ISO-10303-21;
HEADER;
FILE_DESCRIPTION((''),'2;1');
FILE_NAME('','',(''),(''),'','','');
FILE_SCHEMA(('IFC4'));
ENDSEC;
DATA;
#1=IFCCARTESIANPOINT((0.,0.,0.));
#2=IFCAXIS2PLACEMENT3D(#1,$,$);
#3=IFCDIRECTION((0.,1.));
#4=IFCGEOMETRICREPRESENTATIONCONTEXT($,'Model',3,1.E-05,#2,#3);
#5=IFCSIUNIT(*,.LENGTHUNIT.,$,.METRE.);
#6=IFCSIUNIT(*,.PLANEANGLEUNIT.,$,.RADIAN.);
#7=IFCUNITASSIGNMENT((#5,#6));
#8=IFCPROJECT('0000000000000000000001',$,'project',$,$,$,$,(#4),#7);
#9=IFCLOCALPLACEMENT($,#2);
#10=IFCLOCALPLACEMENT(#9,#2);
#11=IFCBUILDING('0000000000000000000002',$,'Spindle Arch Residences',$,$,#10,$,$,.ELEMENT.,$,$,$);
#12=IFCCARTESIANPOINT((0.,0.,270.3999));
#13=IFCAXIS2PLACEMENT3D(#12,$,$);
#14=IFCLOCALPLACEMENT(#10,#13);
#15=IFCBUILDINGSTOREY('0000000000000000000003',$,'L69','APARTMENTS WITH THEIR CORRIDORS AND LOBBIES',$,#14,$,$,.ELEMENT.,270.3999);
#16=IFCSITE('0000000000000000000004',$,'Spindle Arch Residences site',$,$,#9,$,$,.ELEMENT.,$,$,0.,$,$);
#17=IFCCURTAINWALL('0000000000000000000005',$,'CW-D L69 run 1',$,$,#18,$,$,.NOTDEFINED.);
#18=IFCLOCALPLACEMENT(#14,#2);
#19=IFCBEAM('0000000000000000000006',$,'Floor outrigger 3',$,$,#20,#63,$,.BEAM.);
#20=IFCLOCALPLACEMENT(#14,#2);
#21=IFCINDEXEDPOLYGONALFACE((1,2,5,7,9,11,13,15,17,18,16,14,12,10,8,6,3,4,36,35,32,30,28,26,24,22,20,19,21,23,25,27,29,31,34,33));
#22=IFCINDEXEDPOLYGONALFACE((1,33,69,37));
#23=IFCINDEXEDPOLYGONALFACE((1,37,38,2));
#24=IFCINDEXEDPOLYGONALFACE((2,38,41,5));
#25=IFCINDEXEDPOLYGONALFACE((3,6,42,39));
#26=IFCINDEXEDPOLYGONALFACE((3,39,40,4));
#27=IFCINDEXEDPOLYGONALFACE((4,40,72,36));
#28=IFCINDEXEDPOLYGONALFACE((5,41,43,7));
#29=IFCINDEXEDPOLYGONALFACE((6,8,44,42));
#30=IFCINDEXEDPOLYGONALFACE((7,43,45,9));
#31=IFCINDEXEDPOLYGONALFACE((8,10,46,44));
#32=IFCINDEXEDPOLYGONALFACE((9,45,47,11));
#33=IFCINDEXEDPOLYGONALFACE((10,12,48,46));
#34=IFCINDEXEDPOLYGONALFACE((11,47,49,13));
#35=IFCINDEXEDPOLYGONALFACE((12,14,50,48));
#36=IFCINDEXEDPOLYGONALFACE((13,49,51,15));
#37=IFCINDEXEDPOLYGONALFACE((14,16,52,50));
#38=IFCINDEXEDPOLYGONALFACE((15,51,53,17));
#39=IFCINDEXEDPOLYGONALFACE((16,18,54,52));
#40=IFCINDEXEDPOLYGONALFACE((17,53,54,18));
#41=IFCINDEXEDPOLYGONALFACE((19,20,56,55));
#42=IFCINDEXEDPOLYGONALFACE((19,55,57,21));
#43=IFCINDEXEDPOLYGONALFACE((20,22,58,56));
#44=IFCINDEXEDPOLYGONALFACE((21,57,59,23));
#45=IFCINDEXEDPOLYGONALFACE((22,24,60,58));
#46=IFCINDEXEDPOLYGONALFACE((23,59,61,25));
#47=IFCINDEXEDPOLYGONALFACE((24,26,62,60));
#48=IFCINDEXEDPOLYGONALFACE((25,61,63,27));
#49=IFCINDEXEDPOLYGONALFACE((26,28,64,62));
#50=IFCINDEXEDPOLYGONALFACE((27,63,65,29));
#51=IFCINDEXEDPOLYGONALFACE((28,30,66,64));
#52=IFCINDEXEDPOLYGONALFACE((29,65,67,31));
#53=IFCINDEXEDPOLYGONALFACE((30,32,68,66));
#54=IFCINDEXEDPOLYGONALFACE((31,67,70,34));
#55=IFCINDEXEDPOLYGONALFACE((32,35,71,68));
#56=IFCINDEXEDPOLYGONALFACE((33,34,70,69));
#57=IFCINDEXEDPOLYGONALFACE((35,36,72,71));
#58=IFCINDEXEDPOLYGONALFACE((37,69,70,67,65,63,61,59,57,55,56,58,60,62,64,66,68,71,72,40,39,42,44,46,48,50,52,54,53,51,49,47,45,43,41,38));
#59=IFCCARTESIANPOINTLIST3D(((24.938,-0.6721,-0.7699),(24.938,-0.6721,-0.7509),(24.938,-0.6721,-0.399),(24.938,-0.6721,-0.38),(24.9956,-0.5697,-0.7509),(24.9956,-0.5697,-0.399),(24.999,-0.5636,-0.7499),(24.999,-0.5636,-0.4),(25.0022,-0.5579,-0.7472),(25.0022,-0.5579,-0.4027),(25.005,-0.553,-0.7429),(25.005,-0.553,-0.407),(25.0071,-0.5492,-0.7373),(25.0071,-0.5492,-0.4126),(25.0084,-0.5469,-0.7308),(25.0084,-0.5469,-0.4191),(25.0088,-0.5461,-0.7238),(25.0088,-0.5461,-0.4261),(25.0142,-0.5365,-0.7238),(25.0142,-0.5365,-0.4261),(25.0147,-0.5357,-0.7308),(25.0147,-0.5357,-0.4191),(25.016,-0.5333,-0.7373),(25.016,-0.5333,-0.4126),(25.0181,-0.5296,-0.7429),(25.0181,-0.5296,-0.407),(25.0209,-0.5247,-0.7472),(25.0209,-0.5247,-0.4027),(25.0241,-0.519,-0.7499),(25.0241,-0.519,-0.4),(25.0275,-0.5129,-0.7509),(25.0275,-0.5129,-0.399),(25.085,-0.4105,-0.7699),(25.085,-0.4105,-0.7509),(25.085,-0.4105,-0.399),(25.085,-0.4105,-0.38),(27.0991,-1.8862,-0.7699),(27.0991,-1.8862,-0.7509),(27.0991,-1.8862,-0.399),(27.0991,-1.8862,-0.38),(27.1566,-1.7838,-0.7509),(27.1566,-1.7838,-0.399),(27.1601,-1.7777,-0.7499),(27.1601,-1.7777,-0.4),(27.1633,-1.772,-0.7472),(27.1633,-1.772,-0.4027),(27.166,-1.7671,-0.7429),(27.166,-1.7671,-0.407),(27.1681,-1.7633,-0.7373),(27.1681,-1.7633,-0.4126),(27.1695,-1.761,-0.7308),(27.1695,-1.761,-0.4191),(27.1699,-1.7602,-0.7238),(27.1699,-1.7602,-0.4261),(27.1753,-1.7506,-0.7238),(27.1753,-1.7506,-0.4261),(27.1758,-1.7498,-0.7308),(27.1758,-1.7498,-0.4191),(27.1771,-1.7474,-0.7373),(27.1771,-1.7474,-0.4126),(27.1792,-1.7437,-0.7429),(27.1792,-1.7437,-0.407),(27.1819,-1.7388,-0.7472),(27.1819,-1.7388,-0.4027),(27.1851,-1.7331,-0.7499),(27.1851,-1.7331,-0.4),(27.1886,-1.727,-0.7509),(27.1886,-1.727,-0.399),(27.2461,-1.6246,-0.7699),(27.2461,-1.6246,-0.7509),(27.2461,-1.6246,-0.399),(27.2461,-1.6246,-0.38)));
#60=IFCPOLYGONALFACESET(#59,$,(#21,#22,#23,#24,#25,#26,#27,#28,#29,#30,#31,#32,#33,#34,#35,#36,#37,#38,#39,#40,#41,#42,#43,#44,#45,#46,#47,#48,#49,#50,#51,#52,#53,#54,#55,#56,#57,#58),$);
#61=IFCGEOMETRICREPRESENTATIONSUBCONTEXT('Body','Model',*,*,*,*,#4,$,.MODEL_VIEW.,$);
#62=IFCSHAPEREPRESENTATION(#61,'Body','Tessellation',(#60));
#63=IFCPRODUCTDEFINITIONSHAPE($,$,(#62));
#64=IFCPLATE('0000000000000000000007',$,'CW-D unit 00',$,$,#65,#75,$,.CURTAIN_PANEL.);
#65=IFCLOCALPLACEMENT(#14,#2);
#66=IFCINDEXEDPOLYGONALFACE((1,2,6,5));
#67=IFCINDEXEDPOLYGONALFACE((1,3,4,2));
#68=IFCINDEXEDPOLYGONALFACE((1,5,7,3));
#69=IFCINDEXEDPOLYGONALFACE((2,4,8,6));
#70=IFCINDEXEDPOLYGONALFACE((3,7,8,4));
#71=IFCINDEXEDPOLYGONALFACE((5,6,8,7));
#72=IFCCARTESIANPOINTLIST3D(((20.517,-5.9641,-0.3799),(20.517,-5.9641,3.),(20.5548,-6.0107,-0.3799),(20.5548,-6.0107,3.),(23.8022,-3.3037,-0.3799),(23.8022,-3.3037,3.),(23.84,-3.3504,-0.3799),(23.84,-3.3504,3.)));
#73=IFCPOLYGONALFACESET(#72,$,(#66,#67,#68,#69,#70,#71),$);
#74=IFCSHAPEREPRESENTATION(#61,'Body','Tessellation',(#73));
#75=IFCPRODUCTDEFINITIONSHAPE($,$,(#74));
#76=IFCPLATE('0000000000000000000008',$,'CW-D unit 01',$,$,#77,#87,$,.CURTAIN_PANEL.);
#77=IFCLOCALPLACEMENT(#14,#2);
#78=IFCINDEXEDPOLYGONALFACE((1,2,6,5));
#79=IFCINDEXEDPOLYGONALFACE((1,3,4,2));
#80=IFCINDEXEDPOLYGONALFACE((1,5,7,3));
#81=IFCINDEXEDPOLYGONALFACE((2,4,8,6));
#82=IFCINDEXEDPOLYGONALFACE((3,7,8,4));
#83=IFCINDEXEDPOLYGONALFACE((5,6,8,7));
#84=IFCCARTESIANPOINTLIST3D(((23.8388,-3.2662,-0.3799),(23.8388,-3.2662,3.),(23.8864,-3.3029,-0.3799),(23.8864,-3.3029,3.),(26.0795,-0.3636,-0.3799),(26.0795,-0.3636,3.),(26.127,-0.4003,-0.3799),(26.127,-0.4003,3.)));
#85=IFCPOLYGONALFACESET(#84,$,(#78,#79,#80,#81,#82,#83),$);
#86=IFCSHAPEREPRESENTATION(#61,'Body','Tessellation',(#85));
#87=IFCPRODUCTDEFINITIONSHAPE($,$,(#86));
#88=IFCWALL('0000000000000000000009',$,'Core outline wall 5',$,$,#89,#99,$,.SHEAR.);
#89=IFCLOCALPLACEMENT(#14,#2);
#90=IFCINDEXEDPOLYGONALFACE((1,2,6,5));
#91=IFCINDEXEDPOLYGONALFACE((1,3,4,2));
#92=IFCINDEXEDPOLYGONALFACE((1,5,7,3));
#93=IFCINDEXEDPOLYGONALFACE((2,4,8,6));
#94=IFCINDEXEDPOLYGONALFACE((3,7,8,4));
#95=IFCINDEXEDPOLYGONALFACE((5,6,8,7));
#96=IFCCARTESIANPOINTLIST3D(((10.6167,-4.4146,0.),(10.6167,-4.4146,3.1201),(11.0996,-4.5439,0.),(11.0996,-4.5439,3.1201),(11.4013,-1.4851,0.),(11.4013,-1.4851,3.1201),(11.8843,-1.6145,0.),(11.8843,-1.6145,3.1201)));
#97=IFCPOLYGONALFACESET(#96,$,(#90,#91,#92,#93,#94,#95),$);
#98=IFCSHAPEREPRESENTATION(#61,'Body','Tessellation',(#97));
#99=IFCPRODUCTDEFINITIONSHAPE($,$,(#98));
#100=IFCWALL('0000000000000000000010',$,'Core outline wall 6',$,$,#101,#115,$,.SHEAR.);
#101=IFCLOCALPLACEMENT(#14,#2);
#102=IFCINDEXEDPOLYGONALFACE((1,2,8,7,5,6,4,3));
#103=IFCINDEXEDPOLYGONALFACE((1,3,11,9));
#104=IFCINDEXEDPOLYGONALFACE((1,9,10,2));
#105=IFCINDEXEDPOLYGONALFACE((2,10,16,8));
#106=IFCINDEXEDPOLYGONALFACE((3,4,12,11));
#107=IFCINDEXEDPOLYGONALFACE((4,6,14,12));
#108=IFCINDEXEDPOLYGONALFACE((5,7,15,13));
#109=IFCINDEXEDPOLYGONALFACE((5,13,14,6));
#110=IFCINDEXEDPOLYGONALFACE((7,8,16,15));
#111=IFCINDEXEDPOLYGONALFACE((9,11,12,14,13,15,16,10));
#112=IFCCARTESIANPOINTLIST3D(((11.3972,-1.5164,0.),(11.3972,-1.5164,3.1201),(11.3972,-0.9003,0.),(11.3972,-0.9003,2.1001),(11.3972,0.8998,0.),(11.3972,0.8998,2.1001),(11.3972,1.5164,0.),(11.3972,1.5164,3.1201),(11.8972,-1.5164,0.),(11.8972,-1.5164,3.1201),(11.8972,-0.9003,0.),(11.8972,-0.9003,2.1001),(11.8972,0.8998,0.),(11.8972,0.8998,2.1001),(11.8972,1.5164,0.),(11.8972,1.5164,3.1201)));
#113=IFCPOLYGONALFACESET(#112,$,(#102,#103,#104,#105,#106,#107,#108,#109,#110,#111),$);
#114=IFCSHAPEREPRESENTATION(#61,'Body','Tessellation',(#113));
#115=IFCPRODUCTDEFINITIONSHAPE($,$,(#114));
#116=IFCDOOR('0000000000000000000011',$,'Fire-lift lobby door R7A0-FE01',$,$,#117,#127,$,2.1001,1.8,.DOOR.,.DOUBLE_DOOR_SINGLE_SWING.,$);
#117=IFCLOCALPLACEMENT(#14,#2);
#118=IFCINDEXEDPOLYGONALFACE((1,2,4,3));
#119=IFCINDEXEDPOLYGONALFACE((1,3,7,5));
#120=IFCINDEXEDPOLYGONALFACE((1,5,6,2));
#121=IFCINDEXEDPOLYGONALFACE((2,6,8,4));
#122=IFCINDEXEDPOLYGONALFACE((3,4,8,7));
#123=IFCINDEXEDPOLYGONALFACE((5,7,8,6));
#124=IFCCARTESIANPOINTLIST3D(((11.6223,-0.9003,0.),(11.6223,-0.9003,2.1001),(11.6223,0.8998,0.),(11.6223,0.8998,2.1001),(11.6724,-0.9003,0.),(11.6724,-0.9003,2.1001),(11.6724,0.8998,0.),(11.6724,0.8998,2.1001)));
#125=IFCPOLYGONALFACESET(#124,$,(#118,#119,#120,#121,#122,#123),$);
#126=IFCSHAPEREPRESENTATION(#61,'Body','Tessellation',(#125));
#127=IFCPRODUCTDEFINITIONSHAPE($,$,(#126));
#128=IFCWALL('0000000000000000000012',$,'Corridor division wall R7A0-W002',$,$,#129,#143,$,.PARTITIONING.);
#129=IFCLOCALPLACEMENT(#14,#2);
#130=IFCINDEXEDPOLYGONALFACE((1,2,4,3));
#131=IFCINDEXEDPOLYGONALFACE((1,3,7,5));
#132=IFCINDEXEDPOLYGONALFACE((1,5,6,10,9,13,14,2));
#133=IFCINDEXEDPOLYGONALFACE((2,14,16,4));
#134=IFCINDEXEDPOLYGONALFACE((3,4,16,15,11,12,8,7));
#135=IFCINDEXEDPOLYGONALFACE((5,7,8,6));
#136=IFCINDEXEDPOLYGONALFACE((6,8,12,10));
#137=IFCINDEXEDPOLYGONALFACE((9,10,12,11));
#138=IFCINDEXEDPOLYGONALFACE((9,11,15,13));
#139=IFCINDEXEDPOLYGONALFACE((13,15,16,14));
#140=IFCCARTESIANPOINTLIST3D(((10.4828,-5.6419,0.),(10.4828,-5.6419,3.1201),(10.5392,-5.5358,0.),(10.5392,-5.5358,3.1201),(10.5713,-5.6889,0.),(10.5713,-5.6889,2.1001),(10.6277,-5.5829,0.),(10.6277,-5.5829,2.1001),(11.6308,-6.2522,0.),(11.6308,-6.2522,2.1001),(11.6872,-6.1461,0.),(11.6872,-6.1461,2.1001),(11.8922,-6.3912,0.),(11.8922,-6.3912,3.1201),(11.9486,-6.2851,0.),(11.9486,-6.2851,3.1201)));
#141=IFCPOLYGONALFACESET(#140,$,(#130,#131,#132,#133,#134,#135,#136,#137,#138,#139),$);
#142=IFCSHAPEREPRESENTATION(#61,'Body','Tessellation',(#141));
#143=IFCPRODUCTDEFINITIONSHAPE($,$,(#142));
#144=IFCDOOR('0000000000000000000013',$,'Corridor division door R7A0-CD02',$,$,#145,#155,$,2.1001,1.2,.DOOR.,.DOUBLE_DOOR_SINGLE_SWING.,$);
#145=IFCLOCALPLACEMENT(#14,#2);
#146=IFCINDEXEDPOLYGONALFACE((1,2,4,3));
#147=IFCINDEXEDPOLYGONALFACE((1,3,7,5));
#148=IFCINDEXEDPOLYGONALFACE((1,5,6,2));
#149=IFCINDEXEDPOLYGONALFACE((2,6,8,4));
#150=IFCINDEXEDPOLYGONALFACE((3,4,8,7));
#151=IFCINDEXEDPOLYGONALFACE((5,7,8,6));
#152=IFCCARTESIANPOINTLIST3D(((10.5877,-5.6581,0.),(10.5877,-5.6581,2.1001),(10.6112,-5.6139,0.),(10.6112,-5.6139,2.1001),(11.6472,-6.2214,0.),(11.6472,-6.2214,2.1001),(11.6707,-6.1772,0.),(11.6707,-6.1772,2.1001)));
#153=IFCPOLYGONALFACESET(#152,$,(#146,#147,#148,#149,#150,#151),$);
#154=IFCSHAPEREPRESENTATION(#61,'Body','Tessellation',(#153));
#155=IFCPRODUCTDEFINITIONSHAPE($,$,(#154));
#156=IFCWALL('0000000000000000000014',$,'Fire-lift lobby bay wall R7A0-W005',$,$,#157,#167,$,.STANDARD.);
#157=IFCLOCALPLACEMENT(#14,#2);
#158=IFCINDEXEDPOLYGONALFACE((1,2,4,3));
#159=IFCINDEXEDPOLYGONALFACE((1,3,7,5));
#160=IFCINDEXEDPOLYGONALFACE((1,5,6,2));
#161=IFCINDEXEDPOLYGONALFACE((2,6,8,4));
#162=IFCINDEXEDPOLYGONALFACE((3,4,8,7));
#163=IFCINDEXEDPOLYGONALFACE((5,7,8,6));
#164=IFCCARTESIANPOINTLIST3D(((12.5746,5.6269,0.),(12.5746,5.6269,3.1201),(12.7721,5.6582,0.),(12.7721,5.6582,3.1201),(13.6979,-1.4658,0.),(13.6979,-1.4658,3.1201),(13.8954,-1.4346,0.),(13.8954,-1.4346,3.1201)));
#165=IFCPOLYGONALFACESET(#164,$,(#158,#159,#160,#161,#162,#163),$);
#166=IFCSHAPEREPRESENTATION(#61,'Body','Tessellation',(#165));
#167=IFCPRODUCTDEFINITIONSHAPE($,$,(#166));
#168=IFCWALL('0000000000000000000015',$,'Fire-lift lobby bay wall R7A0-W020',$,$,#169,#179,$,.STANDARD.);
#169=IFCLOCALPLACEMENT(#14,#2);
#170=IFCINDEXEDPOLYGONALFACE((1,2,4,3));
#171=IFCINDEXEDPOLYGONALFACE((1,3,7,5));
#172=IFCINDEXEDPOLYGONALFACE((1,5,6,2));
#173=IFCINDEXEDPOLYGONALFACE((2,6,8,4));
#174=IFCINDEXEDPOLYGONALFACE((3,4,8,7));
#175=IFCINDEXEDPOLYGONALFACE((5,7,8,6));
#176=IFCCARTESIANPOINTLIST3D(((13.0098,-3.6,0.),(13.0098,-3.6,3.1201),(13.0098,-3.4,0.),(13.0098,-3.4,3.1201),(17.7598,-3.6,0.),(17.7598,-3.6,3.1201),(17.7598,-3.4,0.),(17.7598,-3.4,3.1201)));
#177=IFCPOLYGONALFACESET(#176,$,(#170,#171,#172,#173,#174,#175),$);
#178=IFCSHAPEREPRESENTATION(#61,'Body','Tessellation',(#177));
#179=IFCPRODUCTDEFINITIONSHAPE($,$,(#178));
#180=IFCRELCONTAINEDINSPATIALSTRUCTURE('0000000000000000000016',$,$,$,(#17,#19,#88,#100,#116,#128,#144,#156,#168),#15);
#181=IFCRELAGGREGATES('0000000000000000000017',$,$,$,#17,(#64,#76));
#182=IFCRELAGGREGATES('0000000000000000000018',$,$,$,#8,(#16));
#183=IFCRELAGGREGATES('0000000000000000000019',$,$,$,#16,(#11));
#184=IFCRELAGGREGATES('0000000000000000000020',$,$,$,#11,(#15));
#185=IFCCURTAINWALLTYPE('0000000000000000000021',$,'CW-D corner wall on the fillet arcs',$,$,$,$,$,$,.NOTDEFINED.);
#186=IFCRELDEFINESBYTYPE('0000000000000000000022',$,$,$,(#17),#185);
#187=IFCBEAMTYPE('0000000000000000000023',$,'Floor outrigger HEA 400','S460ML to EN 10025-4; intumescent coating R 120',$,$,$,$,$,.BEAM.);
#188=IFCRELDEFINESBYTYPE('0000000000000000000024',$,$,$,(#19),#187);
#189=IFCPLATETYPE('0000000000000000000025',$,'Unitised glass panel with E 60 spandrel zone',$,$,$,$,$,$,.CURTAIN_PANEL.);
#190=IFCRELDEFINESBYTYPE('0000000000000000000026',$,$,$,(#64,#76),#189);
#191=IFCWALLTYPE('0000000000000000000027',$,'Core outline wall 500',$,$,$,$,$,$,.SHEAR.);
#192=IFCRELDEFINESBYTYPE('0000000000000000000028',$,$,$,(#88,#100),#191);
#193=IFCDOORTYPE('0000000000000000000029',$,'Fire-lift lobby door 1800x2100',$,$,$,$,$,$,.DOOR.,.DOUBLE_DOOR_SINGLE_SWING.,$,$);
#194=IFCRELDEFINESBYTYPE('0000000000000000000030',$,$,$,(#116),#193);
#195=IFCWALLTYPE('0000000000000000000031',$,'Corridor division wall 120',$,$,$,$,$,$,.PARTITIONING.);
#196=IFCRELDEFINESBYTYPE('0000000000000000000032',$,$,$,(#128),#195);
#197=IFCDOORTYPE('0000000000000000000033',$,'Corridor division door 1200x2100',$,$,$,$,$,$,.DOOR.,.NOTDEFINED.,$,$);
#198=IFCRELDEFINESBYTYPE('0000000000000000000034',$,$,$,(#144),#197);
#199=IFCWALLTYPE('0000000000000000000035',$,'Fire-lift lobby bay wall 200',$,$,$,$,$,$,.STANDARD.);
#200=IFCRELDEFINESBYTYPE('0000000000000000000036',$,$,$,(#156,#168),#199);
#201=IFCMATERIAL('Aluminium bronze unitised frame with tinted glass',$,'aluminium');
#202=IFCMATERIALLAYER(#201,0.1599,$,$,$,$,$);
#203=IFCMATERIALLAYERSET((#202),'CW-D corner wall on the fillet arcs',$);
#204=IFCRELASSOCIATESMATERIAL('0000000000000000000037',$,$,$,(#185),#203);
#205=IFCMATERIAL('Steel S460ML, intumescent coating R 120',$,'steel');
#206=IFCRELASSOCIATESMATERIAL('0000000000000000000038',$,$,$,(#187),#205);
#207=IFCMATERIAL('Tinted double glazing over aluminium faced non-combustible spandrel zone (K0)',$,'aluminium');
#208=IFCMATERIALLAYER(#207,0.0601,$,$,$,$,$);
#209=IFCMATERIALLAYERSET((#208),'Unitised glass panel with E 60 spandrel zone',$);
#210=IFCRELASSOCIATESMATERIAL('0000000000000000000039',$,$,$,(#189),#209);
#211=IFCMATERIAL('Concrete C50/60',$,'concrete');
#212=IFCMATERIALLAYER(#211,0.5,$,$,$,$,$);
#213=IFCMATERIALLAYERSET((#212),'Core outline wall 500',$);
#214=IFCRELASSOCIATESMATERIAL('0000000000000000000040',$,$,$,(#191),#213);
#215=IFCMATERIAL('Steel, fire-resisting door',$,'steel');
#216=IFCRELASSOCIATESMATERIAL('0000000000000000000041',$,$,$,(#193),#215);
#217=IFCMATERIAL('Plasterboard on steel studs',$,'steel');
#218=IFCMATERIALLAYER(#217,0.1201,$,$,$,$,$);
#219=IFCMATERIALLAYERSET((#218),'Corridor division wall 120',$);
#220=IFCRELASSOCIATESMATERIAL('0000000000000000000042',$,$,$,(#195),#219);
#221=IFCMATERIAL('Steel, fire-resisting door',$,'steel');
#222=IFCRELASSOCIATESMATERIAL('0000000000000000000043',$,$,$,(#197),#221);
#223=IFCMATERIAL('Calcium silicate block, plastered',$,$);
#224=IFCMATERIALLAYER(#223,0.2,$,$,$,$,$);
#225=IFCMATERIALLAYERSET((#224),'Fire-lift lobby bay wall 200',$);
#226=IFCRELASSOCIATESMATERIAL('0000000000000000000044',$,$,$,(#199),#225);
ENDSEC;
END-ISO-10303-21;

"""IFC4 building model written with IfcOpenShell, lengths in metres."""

from ifc_helpers import new_model, si_unit, direction, frame, frame_2d, origin, origin_2d, place, context, subcontext, project, spatial, rectangle, i_section, extrude, material, layer, layer_set, material_profile, profile_set, type_object, element, fill, aggregate, save


model = new_model("IFC4")

# Units and contexts
model_context = context("Model", 3, precision=1e-05, world=origin(), true_north=direction((0.0, 1.0)))
body_context = subcontext(model_context, "Body", "Model", "MODEL_VIEW")
ifc_project = project(units=[si_unit("LENGTHUNIT", "METRE"), si_unit("PLANEANGLEUNIT", "RADIAN")], contexts=[model_context])

# Site, building, storey
site_placement = place(None, origin())
site = spatial("IfcSite", under=ifc_project, at=site_placement, Name="Spindle Arch Residences site", CompositionType="ELEMENT", RefElevation=0.0)
building_placement = place(site_placement, origin())
building = spatial("IfcBuilding", under=site, at=building_placement, Name="Spindle Arch Residences", CompositionType="ELEMENT")
storey_placement = place(building_placement, frame((0.0, 0.0, 270.3999)))
storey = spatial("IfcBuildingStorey", under=building, at=storey_placement, Name="L69", Description="APARTMENTS WITH THEIR CORRIDORS AND LOBBIES", CompositionType="ELEMENT", Elevation=270.3999)

# Curtain wall
ifc_material_1 = material(Name="Aluminium bronze unitised frame with tinted glass", Category="aluminium")
ifc_layer_1 = layer(ifc_material_1, 0.1599)
ifc_layer_set_1 = layer_set([ifc_layer_1], Name="CW-D corner wall on the fillet arcs")
curtain_wall_type = type_object("IfcCurtainWallType", Name="CW-D corner wall on the fillet arcs", PredefinedType="NOTDEFINED", material=ifc_layer_set_1)
curtain_wall_placement = place(storey_placement, origin())
curtain_wall = element("IfcCurtainWall", 1, at=curtain_wall_placement, inside=storey, type_object=curtain_wall_type, Name="CW-D L69 run 1", PredefinedType="NOTDEFINED")

# Beam
ifc_material_2 = material(Name="Steel S460ML, intumescent coating R 120", Category="steel")
ifc_material_profile_1 = material_profile(ifc_material_2, i_section(OverallWidth=0.3, OverallDepth=0.3899, WebThickness=0.011, FlangeThickness=0.019, FilletRadius=0.0271, at=origin_2d()), Name="HEA 400")
ifc_profile_set_1 = profile_set([ifc_material_profile_1], Name="Steel S460ML, intumescent coating R 120")
beam_type_1 = type_object("IfcBeamType", Name="Floor outrigger HEA 400", Description="S460ML to EN 10025-4; intumescent coating R 120", PredefinedType="BEAM", material=ifc_profile_set_1)
beam_1_placement = place(storey_placement, frame((27.1726, -1.7554, -0.575), z_axis=(-0.871838, 0.489794, 0.0), x_axis=(-0.489794, -0.871838, 0.0)))
element("IfcBeam", 2, at=beam_1_placement, inside=storey, type_object=beam_type_1, Name="Floor outrigger 3", PredefinedType="BEAM", context=body_context, shape_type="SweptSolid", body=[
    extrude(i_section(OverallWidth=0.3, OverallDepth=0.3899, WebThickness=0.011, FlangeThickness=0.019, FilletRadius=0.0271, at=origin_2d()), origin(), (0.0, 0.0, 1.0), 2.4788),
])

# Plates
ifc_material_3 = material(Name="Tinted double glazing over aluminium faced non-combustible spandrel zone (K0)", Category="aluminium")
ifc_layer_2 = layer(ifc_material_3, 0.0601)
ifc_layer_set_2 = layer_set([ifc_layer_2], Name="Unitised glass panel with E 60 spandrel zone")
plate_type = type_object("IfcPlateType", Name="Unitised glass panel with E 60 spandrel zone", PredefinedType="CURTAIN_PANEL", material=ifc_layer_set_2)
plate_1_placement = place(storey_placement, frame((22.1785, -4.6572, -0.3799), z_axis=(0.0, 0.0, 1.0), x_axis=(0.777146, 0.62932, 0.0)))
plate_1 = element("IfcPlate", 3, at=plate_1_placement, type_object=plate_type, Name="CW-D unit 00", PredefinedType="CURTAIN_PANEL", context=body_context, shape_type="SweptSolid", body=[
    extrude(rectangle(XDim=4.2273, YDim=0.0601, at=origin_2d()), origin(), (0.0, 0.0, 1.0), 3.3799),
])
plate_2_placement = place(storey_placement, frame((24.9829, -1.8333, -0.3799), z_axis=(0.0, 0.0, 1.0), x_axis=(0.611067, 0.791579, 0.0)))
plate_2 = element("IfcPlate", 4, at=plate_2_placement, type_object=plate_type, Name="CW-D unit 01", PredefinedType="CURTAIN_PANEL", context=body_context, shape_type="SweptSolid", body=[
    extrude(rectangle(XDim=3.6667, YDim=0.0601, at=origin_2d()), origin(), (0.0, 0.0, 1.0), 3.3799),
])
aggregate(curtain_wall, [plate_1, plate_2])

# Wall
ifc_material_4 = material(Name="Concrete C50/60", Category="concrete")
ifc_layer_3 = layer(ifc_material_4, 0.5)
ifc_layer_set_3 = layer_set([ifc_layer_3], Name="Core outline wall 500")
wall_type_1 = type_object("IfcWallType", Name="Core outline wall 500", PredefinedType="SHEAR", material=ifc_layer_set_3)
wall_1_placement = place(storey_placement, frame((10.8582, -4.4792, 0.0), z_axis=(0.0, 0.0, 1.0), x_axis=(0.258735, 0.965948, 0.0)))
element("IfcWall", 5, at=wall_1_placement, inside=storey, type_object=wall_type_1, Name="Core outline wall 5", PredefinedType="SHEAR", context=body_context, shape_type="SweptSolid", body=[
    extrude(rectangle(XDim=3.0327, YDim=0.5, at=frame_2d((1.5164, 0.0))), origin(), (0.0, 0.0, 1.0), 3.1201),
])

# Walls, openings, doors
wall_2_placement = place(storey_placement, frame((11.6472, -1.5164, 0.0), z_axis=(0.0, 0.0, 1.0), x_axis=(0.0, 1.0, 0.0)))
wall_2 = element("IfcWall", 6, at=wall_2_placement, inside=storey, type_object=wall_type_1, Name="Core outline wall 6", PredefinedType="SHEAR", context=body_context, shape_type="SweptSolid", body=[
    extrude(rectangle(XDim=3.0327, YDim=0.5, at=frame_2d((1.5164, 0.0))), origin(), (0.0, 0.0, 1.0), 3.1201),
])
opening_1_placement = place(wall_2_placement, frame((0.6162, 0.0, 0.0)))
opening_1 = element("IfcOpeningElement", 7, at=opening_1_placement, cuts=wall_2, PredefinedType="OPENING", context=body_context, shape_type="SweptSolid", body=[
    extrude(rectangle(XDim=1.8, YDim=2.1001, at=frame_2d((0.8999, 1.05))), frame((0.0, 0.26, 0.0), z_axis=(0.0, -1.0, 0.0), x_axis=(1.0, 0.0, 0.0)), (0.0, 0.0, 1.0), 0.52),
])
ifc_material_5 = material(Name="Steel, fire-resisting door", Category="steel")
door_type_1 = type_object("IfcDoorType", Name="Fire-lift lobby door 1800x2100", OperationType="DOUBLE_DOOR_SINGLE_SWING", PredefinedType="DOOR", material=ifc_material_5)
door_1_placement = place(opening_1_placement, origin())
door_1 = element("IfcDoor", 8, at=door_1_placement, inside=storey, type_object=door_type_1, Name="Fire-lift lobby door R7A0-FE01", OperationType="DOUBLE_DOOR_SINGLE_SWING", OverallHeight=2.1001, OverallWidth=1.8, PredefinedType="DOOR", context=body_context, shape_type="SweptSolid", body=[
    extrude(rectangle(XDim=1.8, YDim=2.1001, at=frame_2d((0.8999, 1.05))), frame((0.0, 0.0249, 0.0), z_axis=(0.0, -1.0, 0.0), x_axis=(1.0, 0.0, 0.0)), (0.0, 0.0, 1.0), 0.05),
])
fill(opening_1, door_1)
ifc_material_6 = material(Name="Plasterboard on steel studs", Category="steel")
ifc_layer_4 = layer(ifc_material_6, 0.1201)
ifc_layer_set_4 = layer_set([ifc_layer_4], Name="Corridor division wall 120")
wall_type_2 = type_object("IfcWallType", Name="Corridor division wall 120", PredefinedType="PARTITIONING", material=ifc_layer_set_4)
wall_3_placement = place(storey_placement, frame((10.511, -5.5889, 0.0), z_axis=(0.0, 0.0, 1.0), x_axis=(0.882983, -0.469405, 0.0)))
wall_3 = element("IfcWall", 9, at=wall_3_placement, inside=storey, type_object=wall_type_2, Name="Corridor division wall R7A0-W002", PredefinedType="PARTITIONING", context=body_context, shape_type="SweptSolid", body=[
    extrude(rectangle(XDim=1.5962, YDim=0.1201, at=frame_2d((0.7981, 0.0))), origin(), (0.0, 0.0, 1.0), 3.1201),
])
opening_2_placement = place(wall_3_placement, frame((0.1001, 0.0, 0.0)))
opening_2 = element("IfcOpeningElement", 10, at=opening_2_placement, cuts=wall_3, PredefinedType="OPENING", context=body_context, shape_type="SweptSolid", body=[
    extrude(rectangle(XDim=1.2, YDim=2.1001, at=frame_2d((0.6001, 1.05))), frame((0.0, 0.0701, 0.0), z_axis=(0.0, -1.0, 0.0), x_axis=(1.0, 0.0, 0.0)), (0.0, 0.0, 1.0), 0.1401),
])
ifc_material_7 = material(Name="Steel, fire-resisting door", Category="steel")
door_type_2 = type_object("IfcDoorType", Name="Corridor division door 1200x2100", OperationType="NOTDEFINED", PredefinedType="DOOR", material=ifc_material_7)
door_2_placement = place(opening_2_placement, origin())
door_2 = element("IfcDoor", 11, at=door_2_placement, inside=storey, type_object=door_type_2, Name="Corridor division door R7A0-CD02", OperationType="DOUBLE_DOOR_SINGLE_SWING", OverallHeight=2.1001, OverallWidth=1.2, PredefinedType="DOOR", context=body_context, shape_type="SweptSolid", body=[
    extrude(rectangle(XDim=1.2, YDim=2.1001, at=frame_2d((0.6001, 1.05))), frame((0.0, 0.0249, 0.0), z_axis=(0.0, -1.0, 0.0), x_axis=(1.0, 0.0, 0.0)), (0.0, 0.0, 1.0), 0.05),
])
fill(opening_2, door_2)

# Walls
ifc_material_8 = material(Name="Calcium silicate block, plastered")
ifc_layer_5 = layer(ifc_material_8, 0.2)
ifc_layer_set_5 = layer_set([ifc_layer_5], Name="Fire-lift lobby bay wall 200")
wall_type_3 = type_object("IfcWallType", Name="Fire-lift lobby bay wall 200", PredefinedType="STANDARD", material=ifc_layer_set_5)
wall_4_placement = place(storey_placement, frame((13.7966, -1.4502, 0.0), z_axis=(0.0, 0.0, 1.0), x_axis=(-0.156422, 0.98769, 0.0)))
element("IfcWall", 12, at=wall_4_placement, inside=storey, type_object=wall_type_3, Name="Fire-lift lobby bay wall R7A0-W005", PredefinedType="STANDARD", context=body_context, shape_type="SweptSolid", body=[
    extrude(rectangle(XDim=7.1812, YDim=0.2, at=frame_2d((3.5906, 0.0))), origin(), (0.0, 0.0, 1.0), 3.1201),
])
wall_5_placement = place(storey_placement, frame((13.0098, -3.5, 0.0), z_axis=(0.0, 0.0, 1.0), x_axis=(1.0, 0.0, 0.0)))
element("IfcWall", 13, at=wall_5_placement, inside=storey, type_object=wall_type_3, Name="Fire-lift lobby bay wall R7A0-W020", PredefinedType="STANDARD", context=body_context, shape_type="SweptSolid", body=[
    extrude(rectangle(XDim=4.75, YDim=0.2, at=frame_2d((2.375, 0.0))), origin(), (0.0, 0.0, 1.0), 3.1201),
])

save(model, "model.ifc")
